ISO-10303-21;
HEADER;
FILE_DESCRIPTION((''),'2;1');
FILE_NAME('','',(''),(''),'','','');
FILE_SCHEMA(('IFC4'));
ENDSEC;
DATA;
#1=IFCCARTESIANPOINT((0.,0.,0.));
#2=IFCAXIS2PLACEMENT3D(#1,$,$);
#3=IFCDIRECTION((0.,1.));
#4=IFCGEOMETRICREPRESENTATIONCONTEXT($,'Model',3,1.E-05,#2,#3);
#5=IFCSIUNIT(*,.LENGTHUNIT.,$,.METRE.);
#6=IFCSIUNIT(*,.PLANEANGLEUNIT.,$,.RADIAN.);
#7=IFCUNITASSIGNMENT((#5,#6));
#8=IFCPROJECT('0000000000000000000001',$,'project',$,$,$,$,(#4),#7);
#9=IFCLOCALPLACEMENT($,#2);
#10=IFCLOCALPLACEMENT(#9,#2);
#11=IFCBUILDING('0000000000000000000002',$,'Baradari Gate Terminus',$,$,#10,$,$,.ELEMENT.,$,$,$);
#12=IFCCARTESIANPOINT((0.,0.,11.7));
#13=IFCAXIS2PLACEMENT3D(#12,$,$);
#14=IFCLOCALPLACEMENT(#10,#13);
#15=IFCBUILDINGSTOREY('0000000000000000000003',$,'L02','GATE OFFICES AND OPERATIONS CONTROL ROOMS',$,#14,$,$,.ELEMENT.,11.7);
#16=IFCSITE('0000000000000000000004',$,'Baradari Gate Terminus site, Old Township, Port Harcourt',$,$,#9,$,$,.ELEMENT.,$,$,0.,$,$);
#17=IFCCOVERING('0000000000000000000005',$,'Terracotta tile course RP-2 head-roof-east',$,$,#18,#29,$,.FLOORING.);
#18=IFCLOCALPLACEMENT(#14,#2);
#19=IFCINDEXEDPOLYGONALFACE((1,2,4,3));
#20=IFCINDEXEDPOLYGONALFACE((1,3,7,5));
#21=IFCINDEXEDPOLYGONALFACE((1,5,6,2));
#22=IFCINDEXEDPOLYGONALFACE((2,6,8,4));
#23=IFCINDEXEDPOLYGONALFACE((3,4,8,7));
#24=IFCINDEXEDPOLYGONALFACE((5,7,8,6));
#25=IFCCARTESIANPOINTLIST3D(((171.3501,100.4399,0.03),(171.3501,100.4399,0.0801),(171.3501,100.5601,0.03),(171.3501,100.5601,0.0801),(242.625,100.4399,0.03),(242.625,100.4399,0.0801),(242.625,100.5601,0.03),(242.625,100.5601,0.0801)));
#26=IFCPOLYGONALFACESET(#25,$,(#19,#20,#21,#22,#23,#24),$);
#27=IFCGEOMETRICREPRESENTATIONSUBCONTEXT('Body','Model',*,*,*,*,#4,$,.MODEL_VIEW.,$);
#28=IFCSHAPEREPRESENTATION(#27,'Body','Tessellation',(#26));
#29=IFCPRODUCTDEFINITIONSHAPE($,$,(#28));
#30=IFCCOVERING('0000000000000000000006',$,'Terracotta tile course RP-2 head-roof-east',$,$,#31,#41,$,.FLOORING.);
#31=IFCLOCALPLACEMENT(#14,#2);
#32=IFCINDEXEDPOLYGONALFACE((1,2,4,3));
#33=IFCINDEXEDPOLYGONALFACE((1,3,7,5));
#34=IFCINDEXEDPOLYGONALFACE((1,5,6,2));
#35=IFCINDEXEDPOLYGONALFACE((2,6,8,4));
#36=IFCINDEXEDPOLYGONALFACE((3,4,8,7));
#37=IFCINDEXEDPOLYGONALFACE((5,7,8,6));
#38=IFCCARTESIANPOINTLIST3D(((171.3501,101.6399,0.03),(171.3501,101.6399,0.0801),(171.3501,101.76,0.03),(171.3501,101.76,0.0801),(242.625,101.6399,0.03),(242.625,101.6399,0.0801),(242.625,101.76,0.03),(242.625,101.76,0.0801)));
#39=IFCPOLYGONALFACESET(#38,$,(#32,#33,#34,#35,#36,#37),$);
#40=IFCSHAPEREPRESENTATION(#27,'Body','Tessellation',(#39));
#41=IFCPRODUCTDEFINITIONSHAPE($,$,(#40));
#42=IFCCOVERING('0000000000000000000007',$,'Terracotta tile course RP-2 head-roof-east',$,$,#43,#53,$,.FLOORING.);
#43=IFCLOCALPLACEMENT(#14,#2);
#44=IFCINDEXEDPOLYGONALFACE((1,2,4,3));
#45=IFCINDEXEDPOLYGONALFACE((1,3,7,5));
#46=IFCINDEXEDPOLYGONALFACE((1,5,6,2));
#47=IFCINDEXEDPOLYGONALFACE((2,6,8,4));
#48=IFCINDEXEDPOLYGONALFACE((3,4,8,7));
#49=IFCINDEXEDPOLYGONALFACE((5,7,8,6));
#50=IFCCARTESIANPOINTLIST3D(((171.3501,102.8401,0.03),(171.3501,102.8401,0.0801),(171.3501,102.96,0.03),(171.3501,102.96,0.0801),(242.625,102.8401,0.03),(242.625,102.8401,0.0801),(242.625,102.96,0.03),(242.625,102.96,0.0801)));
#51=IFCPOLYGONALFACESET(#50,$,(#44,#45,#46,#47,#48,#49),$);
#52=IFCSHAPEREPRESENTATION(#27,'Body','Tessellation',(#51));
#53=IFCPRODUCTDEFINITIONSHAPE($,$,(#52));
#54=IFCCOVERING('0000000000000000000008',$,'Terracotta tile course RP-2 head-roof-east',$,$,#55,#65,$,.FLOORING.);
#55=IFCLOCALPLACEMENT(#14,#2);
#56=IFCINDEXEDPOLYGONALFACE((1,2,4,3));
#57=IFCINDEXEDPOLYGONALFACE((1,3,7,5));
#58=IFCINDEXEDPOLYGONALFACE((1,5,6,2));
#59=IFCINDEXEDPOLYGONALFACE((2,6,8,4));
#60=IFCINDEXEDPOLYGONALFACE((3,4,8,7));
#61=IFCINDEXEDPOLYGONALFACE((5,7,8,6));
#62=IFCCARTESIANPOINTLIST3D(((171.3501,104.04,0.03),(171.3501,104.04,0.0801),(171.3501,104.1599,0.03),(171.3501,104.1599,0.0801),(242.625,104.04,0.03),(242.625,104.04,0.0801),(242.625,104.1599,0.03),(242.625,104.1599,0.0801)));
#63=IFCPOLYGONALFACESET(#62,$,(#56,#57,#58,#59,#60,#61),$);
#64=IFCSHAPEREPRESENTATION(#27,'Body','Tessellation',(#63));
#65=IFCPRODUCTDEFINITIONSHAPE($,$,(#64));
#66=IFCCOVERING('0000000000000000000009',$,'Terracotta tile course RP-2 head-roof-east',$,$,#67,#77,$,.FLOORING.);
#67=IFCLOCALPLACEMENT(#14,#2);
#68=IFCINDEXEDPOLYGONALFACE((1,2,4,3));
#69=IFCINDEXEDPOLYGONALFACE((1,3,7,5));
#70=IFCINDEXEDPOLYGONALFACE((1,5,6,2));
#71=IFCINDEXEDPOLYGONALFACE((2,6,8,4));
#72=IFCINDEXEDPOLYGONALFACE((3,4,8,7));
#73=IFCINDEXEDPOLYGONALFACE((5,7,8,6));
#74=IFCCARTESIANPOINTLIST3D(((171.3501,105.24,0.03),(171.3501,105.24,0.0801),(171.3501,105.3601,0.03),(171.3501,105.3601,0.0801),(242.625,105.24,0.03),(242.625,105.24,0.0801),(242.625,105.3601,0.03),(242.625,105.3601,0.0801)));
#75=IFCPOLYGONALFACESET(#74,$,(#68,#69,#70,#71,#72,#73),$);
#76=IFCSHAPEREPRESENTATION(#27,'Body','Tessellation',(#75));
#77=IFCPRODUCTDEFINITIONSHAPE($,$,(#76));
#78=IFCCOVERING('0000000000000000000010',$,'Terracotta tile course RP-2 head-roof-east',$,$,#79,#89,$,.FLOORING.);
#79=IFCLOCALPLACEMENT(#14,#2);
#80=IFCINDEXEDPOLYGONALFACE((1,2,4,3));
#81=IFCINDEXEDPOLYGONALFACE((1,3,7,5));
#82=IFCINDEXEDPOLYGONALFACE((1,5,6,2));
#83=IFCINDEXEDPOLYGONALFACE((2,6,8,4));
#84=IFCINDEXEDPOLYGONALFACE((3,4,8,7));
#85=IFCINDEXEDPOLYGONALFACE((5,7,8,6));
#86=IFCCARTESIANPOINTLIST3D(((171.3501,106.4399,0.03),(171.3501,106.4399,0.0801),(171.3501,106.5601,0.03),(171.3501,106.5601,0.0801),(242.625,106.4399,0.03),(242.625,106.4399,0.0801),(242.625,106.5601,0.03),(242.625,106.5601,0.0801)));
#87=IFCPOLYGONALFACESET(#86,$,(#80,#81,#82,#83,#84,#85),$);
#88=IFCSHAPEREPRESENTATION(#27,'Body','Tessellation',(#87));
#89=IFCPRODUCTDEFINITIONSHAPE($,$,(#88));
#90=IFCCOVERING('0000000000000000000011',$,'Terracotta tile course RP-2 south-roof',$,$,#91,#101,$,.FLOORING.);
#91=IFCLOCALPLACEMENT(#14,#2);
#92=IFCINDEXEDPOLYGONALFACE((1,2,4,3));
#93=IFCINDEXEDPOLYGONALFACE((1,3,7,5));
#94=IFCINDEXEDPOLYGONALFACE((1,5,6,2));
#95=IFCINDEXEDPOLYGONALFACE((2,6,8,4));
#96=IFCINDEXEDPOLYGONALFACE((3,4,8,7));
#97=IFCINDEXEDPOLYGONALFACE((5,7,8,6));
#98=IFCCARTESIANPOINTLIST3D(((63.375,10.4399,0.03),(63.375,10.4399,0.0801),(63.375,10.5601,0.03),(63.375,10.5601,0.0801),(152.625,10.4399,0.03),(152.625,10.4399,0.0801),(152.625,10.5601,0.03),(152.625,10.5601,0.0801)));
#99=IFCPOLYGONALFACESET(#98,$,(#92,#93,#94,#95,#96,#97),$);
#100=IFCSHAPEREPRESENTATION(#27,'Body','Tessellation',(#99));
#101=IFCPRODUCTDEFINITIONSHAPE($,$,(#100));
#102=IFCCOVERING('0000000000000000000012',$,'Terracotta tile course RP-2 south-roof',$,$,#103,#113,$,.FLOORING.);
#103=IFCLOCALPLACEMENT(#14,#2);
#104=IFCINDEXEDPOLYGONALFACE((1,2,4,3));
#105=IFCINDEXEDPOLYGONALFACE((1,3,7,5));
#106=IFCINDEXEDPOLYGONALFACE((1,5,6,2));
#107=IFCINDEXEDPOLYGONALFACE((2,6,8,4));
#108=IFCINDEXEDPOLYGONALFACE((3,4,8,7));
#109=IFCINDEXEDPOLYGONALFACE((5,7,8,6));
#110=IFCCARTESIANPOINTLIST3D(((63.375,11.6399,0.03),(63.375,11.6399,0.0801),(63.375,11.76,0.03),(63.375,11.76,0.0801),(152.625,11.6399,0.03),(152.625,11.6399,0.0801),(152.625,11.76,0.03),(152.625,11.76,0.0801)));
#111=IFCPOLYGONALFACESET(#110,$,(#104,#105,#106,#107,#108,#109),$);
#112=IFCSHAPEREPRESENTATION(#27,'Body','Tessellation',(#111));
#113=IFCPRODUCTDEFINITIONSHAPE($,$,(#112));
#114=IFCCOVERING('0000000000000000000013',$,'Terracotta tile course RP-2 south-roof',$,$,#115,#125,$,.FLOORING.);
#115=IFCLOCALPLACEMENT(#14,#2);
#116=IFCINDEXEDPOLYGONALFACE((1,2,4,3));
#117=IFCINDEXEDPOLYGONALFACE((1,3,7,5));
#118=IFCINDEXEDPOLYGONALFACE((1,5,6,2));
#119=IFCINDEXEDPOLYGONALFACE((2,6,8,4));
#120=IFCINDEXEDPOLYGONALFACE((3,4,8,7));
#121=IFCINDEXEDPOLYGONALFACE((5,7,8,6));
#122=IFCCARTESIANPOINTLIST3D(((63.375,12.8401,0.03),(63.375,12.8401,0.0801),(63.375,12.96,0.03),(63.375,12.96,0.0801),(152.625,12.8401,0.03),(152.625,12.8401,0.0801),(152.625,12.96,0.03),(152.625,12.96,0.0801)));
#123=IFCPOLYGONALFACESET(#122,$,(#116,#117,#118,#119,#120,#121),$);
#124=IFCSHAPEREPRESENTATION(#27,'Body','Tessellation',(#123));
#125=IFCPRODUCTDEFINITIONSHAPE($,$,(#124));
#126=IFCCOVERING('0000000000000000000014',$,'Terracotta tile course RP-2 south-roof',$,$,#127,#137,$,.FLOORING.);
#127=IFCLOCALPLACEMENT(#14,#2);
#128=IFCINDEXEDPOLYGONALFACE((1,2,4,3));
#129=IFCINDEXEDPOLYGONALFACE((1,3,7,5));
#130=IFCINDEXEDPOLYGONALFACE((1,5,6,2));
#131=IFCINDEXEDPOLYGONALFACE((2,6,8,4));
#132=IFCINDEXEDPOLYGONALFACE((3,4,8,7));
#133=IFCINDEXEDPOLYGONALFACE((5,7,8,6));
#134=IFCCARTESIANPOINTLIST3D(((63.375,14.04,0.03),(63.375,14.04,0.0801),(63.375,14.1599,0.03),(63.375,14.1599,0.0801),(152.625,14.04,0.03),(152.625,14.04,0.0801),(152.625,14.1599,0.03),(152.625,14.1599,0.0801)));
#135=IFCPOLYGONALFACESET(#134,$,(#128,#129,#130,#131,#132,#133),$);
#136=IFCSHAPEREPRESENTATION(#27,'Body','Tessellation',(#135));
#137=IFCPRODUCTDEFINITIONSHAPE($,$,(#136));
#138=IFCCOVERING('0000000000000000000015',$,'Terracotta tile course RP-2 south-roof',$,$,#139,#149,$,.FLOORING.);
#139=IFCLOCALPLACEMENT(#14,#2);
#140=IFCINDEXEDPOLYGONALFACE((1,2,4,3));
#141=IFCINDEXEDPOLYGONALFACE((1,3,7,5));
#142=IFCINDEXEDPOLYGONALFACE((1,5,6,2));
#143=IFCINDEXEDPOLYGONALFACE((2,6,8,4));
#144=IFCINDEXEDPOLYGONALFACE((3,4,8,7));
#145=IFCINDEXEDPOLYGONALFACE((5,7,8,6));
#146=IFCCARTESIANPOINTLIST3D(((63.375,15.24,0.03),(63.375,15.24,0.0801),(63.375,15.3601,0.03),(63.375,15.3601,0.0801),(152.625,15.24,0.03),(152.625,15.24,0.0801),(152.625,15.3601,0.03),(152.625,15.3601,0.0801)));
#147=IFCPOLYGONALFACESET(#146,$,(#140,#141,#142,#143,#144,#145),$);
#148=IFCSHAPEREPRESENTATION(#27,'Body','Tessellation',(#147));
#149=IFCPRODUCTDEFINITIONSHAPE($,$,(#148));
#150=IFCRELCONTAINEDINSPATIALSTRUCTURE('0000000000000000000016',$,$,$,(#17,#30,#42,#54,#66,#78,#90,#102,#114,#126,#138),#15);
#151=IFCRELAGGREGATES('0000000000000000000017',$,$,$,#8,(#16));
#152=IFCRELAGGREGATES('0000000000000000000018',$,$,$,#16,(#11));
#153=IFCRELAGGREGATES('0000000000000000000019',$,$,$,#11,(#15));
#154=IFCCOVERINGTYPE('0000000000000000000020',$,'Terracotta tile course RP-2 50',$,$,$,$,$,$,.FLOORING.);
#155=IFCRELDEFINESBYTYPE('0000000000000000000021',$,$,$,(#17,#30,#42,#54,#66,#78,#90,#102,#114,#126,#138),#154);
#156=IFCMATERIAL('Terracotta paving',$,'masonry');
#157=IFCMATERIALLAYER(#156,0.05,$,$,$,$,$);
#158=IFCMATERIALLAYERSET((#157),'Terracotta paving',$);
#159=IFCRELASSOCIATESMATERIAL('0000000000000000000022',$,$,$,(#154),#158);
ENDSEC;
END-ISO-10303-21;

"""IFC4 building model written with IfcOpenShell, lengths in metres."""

from ifc_helpers import new_model, si_unit, direction, frame, origin, place, context, subcontext, project, spatial, polyline, outline, extrude, material, layer, layer_set, type_object, element, save


model = new_model("IFC4")

# Units and contexts
model_context = context("Model", 3, precision=1e-05, world=origin(), true_north=direction((0.0, 1.0)))
body_context = subcontext(model_context, "Body", "Model", "MODEL_VIEW")
ifc_project = project(units=[si_unit("LENGTHUNIT", "METRE"), si_unit("PLANEANGLEUNIT", "RADIAN")], contexts=[model_context])

# Site, building, storey
site_placement = place(None, origin())
site = spatial("IfcSite", under=ifc_project, at=site_placement, Name="Baradari Gate Terminus site, Old Township, Port Harcourt", CompositionType="ELEMENT", RefElevation=0.0)
building_placement = place(site_placement, origin())
building = spatial("IfcBuilding", under=site, at=building_placement, Name="Baradari Gate Terminus", CompositionType="ELEMENT")
storey_placement = place(building_placement, frame((0.0, 0.0, 11.7)))
storey = spatial("IfcBuildingStorey", under=building, at=storey_placement, Name="L02", Description="GATE OFFICES AND OPERATIONS CONTROL ROOMS", CompositionType="ELEMENT", Elevation=11.7)

# Coverings
ifc_material = material(Name="Terracotta paving", Category="masonry")
ifc_layer = layer(ifc_material, 0.05)
ifc_layer_set = layer_set([ifc_layer], Name="Terracotta paving")
covering_type = type_object("IfcCoveringType", Name="Terracotta tile course RP-2 50", PredefinedType="FLOORING", material=ifc_layer_set)
covering_1_placement = place(storey_placement, frame((0.0, 0.0, 0.03)))
element("IfcCovering", 1, at=covering_1_placement, inside=storey, type_object=covering_type, Name="Terracotta tile course RP-2 head-roof-east", PredefinedType="FLOORING", context=body_context, shape_type="SweptSolid", body=[
    extrude(outline(polyline([(242.625, 100.4399), (242.625, 100.5601), (171.3501, 100.5601), (171.3501, 100.4399), (242.625, 100.4399)])), origin(), (0.0, 0.0, 1.0), 0.05),
])
covering_2_placement = place(storey_placement, frame((0.0, 0.0, 0.03)))
element("IfcCovering", 2, at=covering_2_placement, inside=storey, type_object=covering_type, Name="Terracotta tile course RP-2 head-roof-east", PredefinedType="FLOORING", context=body_context, shape_type="SweptSolid", body=[
    extrude(outline(polyline([(242.625, 101.6399), (242.625, 101.76), (171.3501, 101.76), (171.3501, 101.6399), (242.625, 101.6399)])), origin(), (0.0, 0.0, 1.0), 0.05),
])
covering_3_placement = place(storey_placement, frame((0.0, 0.0, 0.03)))
element("IfcCovering", 3, at=covering_3_placement, inside=storey, type_object=covering_type, Name="Terracotta tile course RP-2 head-roof-east", PredefinedType="FLOORING", context=body_context, shape_type="SweptSolid", body=[
    extrude(outline(polyline([(242.625, 102.8401), (242.625, 102.96), (171.3501, 102.96), (171.3501, 102.8401), (242.625, 102.8401)])), origin(), (0.0, 0.0, 1.0), 0.05),
])
covering_4_placement = place(storey_placement, frame((0.0, 0.0, 0.03)))
element("IfcCovering", 4, at=covering_4_placement, inside=storey, type_object=covering_type, Name="Terracotta tile course RP-2 head-roof-east", PredefinedType="FLOORING", context=body_context, shape_type="SweptSolid", body=[
    extrude(outline(polyline([(242.625, 104.04), (242.625, 104.1599), (171.3501, 104.1599), (171.3501, 104.04), (242.625, 104.04)])), origin(), (0.0, 0.0, 1.0), 0.05),
])
covering_5_placement = place(storey_placement, frame((0.0, 0.0, 0.03)))
element("IfcCovering", 5, at=covering_5_placement, inside=storey, type_object=covering_type, Name="Terracotta tile course RP-2 head-roof-east", PredefinedType="FLOORING", context=body_context, shape_type="SweptSolid", body=[
    extrude(outline(polyline([(242.625, 105.24), (242.625, 105.3601), (171.3501, 105.3601), (171.3501, 105.24), (242.625, 105.24)])), origin(), (0.0, 0.0, 1.0), 0.05),
])
covering_6_placement = place(storey_placement, frame((0.0, 0.0, 0.03)))
element("IfcCovering", 6, at=covering_6_placement, inside=storey, type_object=covering_type, Name="Terracotta tile course RP-2 head-roof-east", PredefinedType="FLOORING", context=body_context, shape_type="SweptSolid", body=[
    extrude(outline(polyline([(242.625, 106.4399), (242.625, 106.5601), (171.3501, 106.5601), (171.3501, 106.4399), (242.625, 106.4399)])), origin(), (0.0, 0.0, 1.0), 0.05),
])
covering_7_placement = place(storey_placement, frame((0.0, 0.0, 0.03)))
element("IfcCovering", 7, at=covering_7_placement, inside=storey, type_object=covering_type, Name="Terracotta tile course RP-2 south-roof", PredefinedType="FLOORING", context=body_context, shape_type="SweptSolid", body=[
    extrude(outline(polyline([(152.625, 10.4399), (152.625, 10.5601), (63.375, 10.5601), (63.375, 10.4399), (152.625, 10.4399)])), origin(), (0.0, 0.0, 1.0), 0.05),
])
covering_8_placement = place(storey_placement, frame((0.0, 0.0, 0.03)))
element("IfcCovering", 8, at=covering_8_placement, inside=storey, type_object=covering_type, Name="Terracotta tile course RP-2 south-roof", PredefinedType="FLOORING", context=body_context, shape_type="SweptSolid", body=[
    extrude(outline(polyline([(152.625, 11.6399), (152.625, 11.76), (63.375, 11.76), (63.375, 11.6399), (152.625, 11.6399)])), origin(), (0.0, 0.0, 1.0), 0.05),
])
covering_9_placement = place(storey_placement, frame((0.0, 0.0, 0.03)))
element("IfcCovering", 9, at=covering_9_placement, inside=storey, type_object=covering_type, Name="Terracotta tile course RP-2 south-roof", PredefinedType="FLOORING", context=body_context, shape_type="SweptSolid", body=[
    extrude(outline(polyline([(152.625, 12.8401), (152.625, 12.96), (63.375, 12.96), (63.375, 12.8401), (152.625, 12.8401)])), origin(), (0.0, 0.0, 1.0), 0.05),
])
covering_10_placement = place(storey_placement, frame((0.0, 0.0, 0.03)))
element("IfcCovering", 10, at=covering_10_placement, inside=storey, type_object=covering_type, Name="Terracotta tile course RP-2 south-roof", PredefinedType="FLOORING", context=body_context, shape_type="SweptSolid", body=[
    extrude(outline(polyline([(152.625, 14.04), (152.625, 14.1599), (63.375, 14.1599), (63.375, 14.04), (152.625, 14.04)])), origin(), (0.0, 0.0, 1.0), 0.05),
])
covering_11_placement = place(storey_placement, frame((0.0, 0.0, 0.03)))
element("IfcCovering", 11, at=covering_11_placement, inside=storey, type_object=covering_type, Name="Terracotta tile course RP-2 south-roof", PredefinedType="FLOORING", context=body_context, shape_type="SweptSolid", body=[
    extrude(outline(polyline([(152.625, 15.24), (152.625, 15.3601), (63.375, 15.3601), (63.375, 15.24), (152.625, 15.24)])), origin(), (0.0, 0.0, 1.0), 0.05),
])

save(model, "model.ifc")
